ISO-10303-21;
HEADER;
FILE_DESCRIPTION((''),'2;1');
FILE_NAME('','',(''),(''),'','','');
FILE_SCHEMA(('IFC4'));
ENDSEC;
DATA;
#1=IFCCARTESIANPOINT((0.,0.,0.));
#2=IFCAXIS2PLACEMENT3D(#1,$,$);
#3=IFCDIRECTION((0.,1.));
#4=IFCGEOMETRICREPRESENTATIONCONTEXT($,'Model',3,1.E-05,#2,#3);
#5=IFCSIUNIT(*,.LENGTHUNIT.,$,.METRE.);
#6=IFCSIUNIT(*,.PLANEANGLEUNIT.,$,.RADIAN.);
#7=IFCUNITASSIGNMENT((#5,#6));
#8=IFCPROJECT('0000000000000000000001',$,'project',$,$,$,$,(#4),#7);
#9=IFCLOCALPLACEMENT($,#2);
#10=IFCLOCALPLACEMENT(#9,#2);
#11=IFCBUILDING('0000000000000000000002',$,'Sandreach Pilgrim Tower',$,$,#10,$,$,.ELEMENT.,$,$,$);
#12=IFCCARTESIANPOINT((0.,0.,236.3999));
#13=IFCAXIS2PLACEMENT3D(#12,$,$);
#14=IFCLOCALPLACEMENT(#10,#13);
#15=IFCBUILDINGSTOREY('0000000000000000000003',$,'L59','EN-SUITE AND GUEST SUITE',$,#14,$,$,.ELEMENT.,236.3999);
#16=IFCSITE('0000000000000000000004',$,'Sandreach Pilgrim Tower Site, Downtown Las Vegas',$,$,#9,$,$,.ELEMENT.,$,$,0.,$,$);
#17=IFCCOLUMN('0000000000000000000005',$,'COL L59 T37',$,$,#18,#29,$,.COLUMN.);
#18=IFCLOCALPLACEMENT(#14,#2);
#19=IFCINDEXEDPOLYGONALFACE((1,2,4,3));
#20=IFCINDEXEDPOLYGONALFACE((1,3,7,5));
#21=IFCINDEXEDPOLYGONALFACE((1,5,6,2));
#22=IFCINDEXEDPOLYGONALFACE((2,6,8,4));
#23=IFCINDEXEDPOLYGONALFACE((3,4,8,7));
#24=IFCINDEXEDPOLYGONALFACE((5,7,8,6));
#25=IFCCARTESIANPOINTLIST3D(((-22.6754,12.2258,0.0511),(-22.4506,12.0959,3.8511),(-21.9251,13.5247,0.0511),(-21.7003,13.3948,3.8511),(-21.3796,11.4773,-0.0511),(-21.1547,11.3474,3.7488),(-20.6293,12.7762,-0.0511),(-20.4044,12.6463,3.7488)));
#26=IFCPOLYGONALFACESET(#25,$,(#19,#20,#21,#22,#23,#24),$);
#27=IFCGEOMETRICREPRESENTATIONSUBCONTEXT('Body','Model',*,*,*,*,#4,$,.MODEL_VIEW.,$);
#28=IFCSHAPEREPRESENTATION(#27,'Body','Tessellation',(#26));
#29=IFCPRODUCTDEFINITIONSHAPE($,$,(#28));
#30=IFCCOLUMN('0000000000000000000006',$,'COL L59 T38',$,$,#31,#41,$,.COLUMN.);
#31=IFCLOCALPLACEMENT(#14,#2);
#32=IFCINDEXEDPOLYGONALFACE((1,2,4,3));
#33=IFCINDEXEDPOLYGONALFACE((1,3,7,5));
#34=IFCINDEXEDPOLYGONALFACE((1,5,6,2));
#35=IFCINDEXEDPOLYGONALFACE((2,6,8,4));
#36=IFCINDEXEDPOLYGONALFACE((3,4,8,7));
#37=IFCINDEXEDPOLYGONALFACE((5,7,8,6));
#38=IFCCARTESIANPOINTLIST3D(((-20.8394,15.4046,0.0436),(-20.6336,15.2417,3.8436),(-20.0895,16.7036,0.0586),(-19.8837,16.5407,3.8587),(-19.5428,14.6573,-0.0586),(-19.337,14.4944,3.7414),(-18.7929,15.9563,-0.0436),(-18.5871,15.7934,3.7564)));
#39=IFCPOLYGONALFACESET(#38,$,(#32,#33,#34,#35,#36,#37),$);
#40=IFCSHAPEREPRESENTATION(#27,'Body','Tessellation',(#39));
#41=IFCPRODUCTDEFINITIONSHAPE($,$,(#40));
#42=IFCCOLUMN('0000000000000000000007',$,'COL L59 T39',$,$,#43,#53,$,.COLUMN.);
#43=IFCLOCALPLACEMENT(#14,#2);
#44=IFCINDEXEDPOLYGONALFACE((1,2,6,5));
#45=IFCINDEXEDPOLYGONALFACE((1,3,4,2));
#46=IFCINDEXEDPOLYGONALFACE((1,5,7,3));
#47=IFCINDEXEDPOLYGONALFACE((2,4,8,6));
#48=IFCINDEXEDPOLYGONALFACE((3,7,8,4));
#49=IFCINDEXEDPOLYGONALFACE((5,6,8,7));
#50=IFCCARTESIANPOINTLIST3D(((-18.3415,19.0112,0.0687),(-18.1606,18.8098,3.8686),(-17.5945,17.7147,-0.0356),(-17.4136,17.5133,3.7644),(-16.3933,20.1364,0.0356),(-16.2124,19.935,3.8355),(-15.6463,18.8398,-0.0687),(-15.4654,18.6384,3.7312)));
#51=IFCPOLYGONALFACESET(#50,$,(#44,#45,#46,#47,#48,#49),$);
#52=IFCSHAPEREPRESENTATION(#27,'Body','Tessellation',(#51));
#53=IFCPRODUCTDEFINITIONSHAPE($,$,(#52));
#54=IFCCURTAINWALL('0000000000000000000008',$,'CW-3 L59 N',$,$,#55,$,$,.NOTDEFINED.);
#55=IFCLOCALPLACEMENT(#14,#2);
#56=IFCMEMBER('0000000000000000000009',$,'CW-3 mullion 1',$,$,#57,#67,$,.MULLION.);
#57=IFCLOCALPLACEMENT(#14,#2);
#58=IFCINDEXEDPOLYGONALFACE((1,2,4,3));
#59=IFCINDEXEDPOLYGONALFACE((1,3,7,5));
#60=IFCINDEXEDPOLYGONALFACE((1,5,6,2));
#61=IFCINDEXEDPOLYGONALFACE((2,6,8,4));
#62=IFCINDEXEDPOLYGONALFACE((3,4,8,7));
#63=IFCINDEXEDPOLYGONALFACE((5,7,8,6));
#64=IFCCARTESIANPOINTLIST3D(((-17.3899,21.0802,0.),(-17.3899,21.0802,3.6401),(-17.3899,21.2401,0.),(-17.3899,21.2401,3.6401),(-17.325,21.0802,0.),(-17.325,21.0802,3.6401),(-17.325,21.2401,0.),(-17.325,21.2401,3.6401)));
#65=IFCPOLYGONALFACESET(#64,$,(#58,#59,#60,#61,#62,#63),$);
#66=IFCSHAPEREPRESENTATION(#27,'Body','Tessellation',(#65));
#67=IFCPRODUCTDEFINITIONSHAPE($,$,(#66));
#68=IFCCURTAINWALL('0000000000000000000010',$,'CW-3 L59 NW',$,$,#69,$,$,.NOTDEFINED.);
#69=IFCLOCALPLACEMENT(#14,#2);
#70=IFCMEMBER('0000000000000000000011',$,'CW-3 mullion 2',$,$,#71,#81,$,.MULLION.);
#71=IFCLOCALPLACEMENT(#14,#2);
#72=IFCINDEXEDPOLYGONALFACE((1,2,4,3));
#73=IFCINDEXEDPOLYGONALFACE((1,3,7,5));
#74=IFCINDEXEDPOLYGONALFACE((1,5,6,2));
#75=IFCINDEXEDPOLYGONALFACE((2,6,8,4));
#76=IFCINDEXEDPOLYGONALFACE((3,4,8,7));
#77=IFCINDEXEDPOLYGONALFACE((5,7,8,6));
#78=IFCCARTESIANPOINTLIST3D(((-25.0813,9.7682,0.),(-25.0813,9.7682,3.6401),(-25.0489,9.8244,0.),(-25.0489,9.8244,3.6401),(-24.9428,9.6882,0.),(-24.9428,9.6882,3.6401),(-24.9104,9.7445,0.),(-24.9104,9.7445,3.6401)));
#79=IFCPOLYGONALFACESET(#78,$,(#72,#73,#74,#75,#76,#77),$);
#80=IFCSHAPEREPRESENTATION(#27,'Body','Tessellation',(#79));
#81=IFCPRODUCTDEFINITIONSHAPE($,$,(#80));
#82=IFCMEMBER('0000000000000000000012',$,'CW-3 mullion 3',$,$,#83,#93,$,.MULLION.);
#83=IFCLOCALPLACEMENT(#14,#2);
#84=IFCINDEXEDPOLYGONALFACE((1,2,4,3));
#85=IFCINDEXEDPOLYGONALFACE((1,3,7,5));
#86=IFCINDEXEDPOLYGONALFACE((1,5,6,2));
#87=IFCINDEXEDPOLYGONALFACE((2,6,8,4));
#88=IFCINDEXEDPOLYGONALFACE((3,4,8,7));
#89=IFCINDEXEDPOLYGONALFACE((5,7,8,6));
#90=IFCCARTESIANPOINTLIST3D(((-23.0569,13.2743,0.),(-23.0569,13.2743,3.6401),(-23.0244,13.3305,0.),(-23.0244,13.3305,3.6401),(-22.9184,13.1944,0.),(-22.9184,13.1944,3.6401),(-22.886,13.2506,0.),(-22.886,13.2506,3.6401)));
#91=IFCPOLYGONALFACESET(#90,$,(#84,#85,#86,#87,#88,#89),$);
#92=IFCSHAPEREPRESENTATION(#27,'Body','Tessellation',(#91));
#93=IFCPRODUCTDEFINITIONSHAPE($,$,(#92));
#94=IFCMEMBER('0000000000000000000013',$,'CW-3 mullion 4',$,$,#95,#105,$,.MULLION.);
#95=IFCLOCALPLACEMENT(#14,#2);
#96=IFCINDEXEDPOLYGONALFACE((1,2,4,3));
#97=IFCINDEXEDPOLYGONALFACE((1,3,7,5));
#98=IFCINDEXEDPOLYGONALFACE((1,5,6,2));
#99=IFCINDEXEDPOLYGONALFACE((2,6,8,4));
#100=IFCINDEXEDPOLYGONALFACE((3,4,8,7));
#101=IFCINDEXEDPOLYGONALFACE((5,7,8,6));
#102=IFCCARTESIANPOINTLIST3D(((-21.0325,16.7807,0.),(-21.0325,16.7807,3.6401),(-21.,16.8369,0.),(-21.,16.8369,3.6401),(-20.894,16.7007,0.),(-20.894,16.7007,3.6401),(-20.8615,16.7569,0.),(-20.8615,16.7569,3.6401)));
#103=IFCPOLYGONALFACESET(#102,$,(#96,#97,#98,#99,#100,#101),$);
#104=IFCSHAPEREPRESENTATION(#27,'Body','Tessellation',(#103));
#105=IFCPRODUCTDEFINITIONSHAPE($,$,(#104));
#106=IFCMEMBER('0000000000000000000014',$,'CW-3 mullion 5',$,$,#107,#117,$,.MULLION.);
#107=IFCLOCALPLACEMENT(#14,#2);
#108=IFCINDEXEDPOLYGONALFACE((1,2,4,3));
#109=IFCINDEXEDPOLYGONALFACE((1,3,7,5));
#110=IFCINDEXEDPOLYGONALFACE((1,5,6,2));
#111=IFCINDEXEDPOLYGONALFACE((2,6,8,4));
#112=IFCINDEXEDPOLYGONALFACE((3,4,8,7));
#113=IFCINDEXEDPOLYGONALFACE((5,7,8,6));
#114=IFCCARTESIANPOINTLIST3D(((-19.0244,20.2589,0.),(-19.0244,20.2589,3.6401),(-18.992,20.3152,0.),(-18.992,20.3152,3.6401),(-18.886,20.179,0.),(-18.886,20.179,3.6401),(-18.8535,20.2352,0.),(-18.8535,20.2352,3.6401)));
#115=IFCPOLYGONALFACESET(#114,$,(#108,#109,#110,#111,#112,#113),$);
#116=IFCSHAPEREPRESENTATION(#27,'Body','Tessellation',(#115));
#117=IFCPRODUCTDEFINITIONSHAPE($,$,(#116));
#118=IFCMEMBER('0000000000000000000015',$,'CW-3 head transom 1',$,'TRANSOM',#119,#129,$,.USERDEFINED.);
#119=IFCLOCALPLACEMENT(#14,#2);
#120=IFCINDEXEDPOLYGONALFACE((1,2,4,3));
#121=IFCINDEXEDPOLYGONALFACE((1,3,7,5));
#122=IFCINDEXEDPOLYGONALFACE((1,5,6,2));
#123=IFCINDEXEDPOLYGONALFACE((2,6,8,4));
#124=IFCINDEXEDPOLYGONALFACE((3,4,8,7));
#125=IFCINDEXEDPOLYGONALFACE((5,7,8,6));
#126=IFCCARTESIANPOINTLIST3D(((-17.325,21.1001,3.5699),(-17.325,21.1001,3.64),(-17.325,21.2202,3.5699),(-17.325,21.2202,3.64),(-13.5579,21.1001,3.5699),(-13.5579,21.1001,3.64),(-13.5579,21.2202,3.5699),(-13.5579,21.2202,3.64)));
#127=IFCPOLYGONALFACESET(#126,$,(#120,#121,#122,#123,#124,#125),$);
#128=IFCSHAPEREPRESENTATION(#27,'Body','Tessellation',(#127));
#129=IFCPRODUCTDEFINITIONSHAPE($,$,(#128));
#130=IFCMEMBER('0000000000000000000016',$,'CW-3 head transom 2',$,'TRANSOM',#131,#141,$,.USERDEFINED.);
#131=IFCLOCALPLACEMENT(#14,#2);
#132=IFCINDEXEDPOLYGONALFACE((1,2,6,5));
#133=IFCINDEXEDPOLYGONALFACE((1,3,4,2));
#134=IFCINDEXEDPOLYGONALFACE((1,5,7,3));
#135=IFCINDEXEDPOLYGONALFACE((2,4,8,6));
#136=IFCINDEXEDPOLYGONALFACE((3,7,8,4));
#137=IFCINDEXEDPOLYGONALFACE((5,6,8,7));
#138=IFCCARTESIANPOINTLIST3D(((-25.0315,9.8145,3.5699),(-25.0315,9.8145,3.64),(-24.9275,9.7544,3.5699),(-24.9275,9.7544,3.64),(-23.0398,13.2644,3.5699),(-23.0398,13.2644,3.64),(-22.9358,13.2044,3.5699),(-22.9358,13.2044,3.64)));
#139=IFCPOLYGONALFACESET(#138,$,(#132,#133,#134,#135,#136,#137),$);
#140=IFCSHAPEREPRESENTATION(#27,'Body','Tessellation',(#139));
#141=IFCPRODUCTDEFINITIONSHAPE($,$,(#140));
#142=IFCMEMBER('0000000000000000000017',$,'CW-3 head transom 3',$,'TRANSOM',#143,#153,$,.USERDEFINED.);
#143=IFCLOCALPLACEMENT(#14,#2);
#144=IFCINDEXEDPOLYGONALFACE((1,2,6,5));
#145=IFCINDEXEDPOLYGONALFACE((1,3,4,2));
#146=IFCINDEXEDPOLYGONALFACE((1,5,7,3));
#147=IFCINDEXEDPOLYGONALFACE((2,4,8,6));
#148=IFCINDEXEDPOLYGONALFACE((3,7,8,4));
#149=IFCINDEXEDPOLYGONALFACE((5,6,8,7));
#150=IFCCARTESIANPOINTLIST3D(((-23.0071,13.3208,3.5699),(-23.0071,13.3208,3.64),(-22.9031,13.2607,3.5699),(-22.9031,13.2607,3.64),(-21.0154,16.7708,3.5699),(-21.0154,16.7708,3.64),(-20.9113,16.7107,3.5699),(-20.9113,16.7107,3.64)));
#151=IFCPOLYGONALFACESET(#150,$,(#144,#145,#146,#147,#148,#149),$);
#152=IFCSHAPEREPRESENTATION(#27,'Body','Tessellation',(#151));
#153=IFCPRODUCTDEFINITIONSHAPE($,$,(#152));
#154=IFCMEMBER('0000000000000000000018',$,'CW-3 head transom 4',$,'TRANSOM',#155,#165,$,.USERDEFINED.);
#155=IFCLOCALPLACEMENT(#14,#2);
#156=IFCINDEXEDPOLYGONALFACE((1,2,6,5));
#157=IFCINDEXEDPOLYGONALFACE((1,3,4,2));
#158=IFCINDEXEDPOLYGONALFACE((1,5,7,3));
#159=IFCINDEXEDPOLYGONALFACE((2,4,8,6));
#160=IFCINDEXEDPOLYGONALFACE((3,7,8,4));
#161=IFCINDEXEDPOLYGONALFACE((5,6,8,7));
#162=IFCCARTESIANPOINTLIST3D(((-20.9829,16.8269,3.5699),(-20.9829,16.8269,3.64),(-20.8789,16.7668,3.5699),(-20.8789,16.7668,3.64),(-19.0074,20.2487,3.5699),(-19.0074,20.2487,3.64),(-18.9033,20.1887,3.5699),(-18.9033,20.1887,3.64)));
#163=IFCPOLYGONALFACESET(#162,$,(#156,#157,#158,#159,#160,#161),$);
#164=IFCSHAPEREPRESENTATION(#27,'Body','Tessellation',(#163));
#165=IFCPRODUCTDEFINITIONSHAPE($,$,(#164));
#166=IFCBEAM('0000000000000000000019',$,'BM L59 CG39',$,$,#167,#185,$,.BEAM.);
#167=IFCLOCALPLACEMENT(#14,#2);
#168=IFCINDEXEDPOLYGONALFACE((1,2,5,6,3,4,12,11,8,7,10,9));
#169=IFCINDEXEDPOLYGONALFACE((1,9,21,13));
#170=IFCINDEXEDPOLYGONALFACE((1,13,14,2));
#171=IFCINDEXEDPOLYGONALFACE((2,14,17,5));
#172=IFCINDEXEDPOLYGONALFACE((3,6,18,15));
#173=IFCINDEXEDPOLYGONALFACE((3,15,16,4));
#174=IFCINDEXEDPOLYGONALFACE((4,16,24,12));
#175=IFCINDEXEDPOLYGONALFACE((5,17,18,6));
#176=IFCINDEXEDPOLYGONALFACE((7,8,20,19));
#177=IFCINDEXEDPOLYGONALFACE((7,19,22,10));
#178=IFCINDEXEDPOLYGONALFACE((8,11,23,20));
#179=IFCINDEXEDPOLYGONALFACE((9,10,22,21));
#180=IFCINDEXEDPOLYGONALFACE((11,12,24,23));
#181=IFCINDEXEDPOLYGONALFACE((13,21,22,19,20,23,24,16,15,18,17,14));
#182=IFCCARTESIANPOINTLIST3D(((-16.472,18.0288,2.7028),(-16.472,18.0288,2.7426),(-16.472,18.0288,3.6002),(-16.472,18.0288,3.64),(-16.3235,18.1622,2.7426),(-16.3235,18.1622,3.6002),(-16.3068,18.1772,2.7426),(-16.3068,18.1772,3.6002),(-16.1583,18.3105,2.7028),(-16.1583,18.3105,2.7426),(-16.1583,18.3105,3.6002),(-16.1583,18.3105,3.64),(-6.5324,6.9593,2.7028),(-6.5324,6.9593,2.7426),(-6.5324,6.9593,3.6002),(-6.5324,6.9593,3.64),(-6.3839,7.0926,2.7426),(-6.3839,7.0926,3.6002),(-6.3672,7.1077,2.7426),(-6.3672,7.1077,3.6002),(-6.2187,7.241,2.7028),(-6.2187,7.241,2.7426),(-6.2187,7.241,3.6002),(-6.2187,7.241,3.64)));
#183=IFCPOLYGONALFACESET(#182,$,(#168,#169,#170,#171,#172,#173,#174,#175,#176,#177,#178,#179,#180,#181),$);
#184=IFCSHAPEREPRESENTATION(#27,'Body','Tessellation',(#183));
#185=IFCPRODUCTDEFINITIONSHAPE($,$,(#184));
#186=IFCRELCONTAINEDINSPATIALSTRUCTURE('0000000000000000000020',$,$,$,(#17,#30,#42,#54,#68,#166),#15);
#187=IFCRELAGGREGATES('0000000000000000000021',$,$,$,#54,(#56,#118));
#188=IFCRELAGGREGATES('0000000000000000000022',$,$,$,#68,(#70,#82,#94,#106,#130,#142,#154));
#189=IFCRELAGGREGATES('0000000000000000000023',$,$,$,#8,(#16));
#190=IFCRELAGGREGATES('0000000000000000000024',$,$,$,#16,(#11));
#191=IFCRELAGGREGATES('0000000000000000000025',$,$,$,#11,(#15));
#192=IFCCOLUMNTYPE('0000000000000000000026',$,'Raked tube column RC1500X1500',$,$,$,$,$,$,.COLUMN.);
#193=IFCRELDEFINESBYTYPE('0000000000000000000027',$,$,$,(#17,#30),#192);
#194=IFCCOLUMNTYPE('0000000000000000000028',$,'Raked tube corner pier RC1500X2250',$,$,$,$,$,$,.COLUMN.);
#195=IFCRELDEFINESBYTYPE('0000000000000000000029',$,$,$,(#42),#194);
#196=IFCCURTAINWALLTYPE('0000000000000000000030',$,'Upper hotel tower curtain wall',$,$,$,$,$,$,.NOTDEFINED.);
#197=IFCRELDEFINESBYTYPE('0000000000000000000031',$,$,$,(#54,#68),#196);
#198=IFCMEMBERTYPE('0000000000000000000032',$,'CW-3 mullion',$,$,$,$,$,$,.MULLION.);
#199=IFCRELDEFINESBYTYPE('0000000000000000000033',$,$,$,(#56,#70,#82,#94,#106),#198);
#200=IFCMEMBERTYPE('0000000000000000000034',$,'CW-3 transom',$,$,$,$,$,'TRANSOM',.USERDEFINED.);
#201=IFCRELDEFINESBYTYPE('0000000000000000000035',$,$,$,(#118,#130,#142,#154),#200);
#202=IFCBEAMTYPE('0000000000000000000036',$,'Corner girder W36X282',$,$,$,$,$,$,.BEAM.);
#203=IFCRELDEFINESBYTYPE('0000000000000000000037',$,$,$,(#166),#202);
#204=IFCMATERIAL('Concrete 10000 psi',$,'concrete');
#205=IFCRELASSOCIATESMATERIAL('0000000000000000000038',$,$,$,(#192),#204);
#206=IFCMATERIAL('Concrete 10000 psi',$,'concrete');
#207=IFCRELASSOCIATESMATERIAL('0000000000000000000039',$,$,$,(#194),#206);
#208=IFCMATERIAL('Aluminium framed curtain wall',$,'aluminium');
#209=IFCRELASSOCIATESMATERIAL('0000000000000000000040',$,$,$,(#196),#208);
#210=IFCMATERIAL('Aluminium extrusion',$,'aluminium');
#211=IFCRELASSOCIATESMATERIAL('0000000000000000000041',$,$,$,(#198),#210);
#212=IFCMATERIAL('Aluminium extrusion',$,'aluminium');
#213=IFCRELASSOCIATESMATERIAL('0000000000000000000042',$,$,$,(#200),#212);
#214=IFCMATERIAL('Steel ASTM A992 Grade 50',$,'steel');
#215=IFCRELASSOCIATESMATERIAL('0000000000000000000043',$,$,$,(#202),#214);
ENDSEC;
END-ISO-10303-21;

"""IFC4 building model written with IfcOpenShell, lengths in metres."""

from ifc_helpers import new_model, si_unit, direction, frame, origin, origin_2d, place, context, subcontext, project, spatial, rectangle, i_section, extrude, material, material_profile, profile_set, type_object, element, aggregate, save


model = new_model("IFC4")

# Units and contexts
model_context = context("Model", 3, precision=1e-05, world=origin(), true_north=direction((0.0, 1.0)))
body_context = subcontext(model_context, "Body", "Model", "MODEL_VIEW")
ifc_project = project(units=[si_unit("LENGTHUNIT", "METRE"), si_unit("PLANEANGLEUNIT", "RADIAN")], contexts=[model_context])

# Site, building, storey
site_placement = place(None, origin())
site = spatial("IfcSite", under=ifc_project, at=site_placement, Name="Sandreach Pilgrim Tower Site, Downtown Las Vegas", CompositionType="ELEMENT", RefElevation=0.0)
building_placement = place(site_placement, origin())
building = spatial("IfcBuilding", under=site, at=building_placement, Name="Sandreach Pilgrim Tower", CompositionType="ELEMENT")
storey_placement = place(building_placement, frame((0.0, 0.0, 236.3999)))
storey = spatial("IfcBuildingStorey", under=building, at=storey_placement, Name="L59", Description="EN-SUITE AND GUEST SUITE", CompositionType="ELEMENT", Elevation=236.3999)

# Columns
ifc_material_1 = material(Name="Concrete 10000 psi", Category="concrete")
ifc_material_profile_1 = material_profile(ifc_material_1, rectangle(XDim=1.5, YDim=1.5, at=origin_2d()), Name="RC1500X1500")
ifc_profile_set_1 = profile_set([ifc_material_profile_1], Name="Concrete 10000 psi")
column_type_1 = type_object("IfcColumnType", Name="Raked tube column RC1500X1500", PredefinedType="COLUMN", material=ifc_profile_set_1)
column_1_placement = place(storey_placement, frame((-21.6523, 12.501, 0.0), z_axis=(0.059034, -0.0341, 0.997673), x_axis=(-0.863905, 0.49902, 0.068174)))
element("IfcColumn", 1, at=column_1_placement, inside=storey, type_object=column_type_1, Name="COL L59 T37", PredefinedType="COLUMN", context=body_context, shape_type="SweptSolid", body=[
    extrude(rectangle(XDim=1.5, YDim=1.5, at=origin_2d()), origin(), (0.0, 0.0, 1.0), 3.8088),
])
column_2_placement = place(storey_placement, frame((-19.8162, 15.6804, 0.0), z_axis=(0.054031, -0.042751, 0.997624), x_axis=(-0.864378, 0.498202, 0.068164)))
element("IfcColumn", 2, at=column_2_placement, inside=storey, type_object=column_type_1, Name="COL L59 T38", PredefinedType="COLUMN", context=body_context, shape_type="SweptSolid", body=[
    extrude(rectangle(XDim=1.5, YDim=1.5, at=origin_2d()), origin(), (0.0, 0.0, 1.0), 3.8091),
])
ifc_material_2 = material(Name="Concrete 10000 psi", Category="concrete")
ifc_material_profile_2 = material_profile(ifc_material_2, rectangle(XDim=1.5, YDim=2.25, at=origin_2d()), Name="RC1500X2250")
ifc_profile_set_2 = profile_set([ifc_material_profile_2], Name="Concrete 10000 psi")
column_type_2 = type_object("IfcColumnType", Name="Raked tube corner pier RC1500X2250", PredefinedType="COLUMN", material=ifc_profile_set_2)
column_3_placement = place(storey_placement, frame((-16.9939, 18.9255, 0.0), z_axis=(0.047486, -0.05287, 0.997472), x_axis=(-0.49802, 0.864374, 0.069524)))
element("IfcColumn", 3, at=column_3_placement, inside=storey, type_object=column_type_2, Name="COL L59 T39", PredefinedType="COLUMN", context=body_context, shape_type="SweptSolid", body=[
    extrude(rectangle(XDim=1.5, YDim=2.25, at=origin_2d()), origin(), (0.0, 0.0, 1.0), 3.8096),
])

# Curtain wall, member
ifc_material_3 = material(Name="Aluminium framed curtain wall", Category="aluminium")
curtain_wall_type = type_object("IfcCurtainWallType", Name="Upper hotel tower curtain wall", PredefinedType="NOTDEFINED", material=ifc_material_3)
curtain_wall_1_placement = place(storey_placement, origin())
curtain_wall_1 = element("IfcCurtainWall", 4, at=curtain_wall_1_placement, inside=storey, type_object=curtain_wall_type, Name="CW-3 L59 N", PredefinedType="NOTDEFINED")
ifc_material_4 = material(Name="Aluminium extrusion", Category="aluminium")
ifc_material_profile_3 = material_profile(ifc_material_4, rectangle(XDim=0.0649, YDim=0.1599, at=origin_2d()), Name="CW-3M 65X160")
ifc_profile_set_3 = profile_set([ifc_material_profile_3], Name="Aluminium extrusion")
member_type_1 = type_object("IfcMemberType", Name="CW-3 mullion", PredefinedType="MULLION", material=ifc_profile_set_3)
member_1_placement = place(storey_placement, frame((-17.3574, 21.1602, 0.0), z_axis=(0.0, 0.0, 1.0), x_axis=(1.0, 0.0, 0.0)))
member_1 = element("IfcMember", 5, at=member_1_placement, type_object=member_type_1, Name="CW-3 mullion 1", PredefinedType="MULLION", context=body_context, shape_type="SweptSolid", body=[
    extrude(rectangle(XDim=0.0649, YDim=0.1599, at=origin_2d()), origin(), (0.0, 0.0, 1.0), 3.6401),
])

# Curtain wall, members
curtain_wall_2_placement = place(storey_placement, origin())
curtain_wall_2 = element("IfcCurtainWall", 6, at=curtain_wall_2_placement, inside=storey, type_object=curtain_wall_type, Name="CW-3 L59 NW", PredefinedType="NOTDEFINED")
member_2_placement = place(storey_placement, frame((-24.9958, 9.7563, 0.0), z_axis=(0.0, 0.0, 1.0), x_axis=(0.5, 0.866025, 0.0)))
member_2 = element("IfcMember", 7, at=member_2_placement, type_object=member_type_1, Name="CW-3 mullion 2", PredefinedType="MULLION", context=body_context, shape_type="SweptSolid", body=[
    extrude(rectangle(XDim=0.0649, YDim=0.1599, at=origin_2d()), origin(), (0.0, 0.0, 1.0), 3.6401),
])
member_3_placement = place(storey_placement, frame((-22.9714, 13.2625, 0.0), z_axis=(0.0, 0.0, 1.0), x_axis=(0.5, 0.866025, 0.0)))
member_3 = element("IfcMember", 8, at=member_3_placement, type_object=member_type_1, Name="CW-3 mullion 3", PredefinedType="MULLION", context=body_context, shape_type="SweptSolid", body=[
    extrude(rectangle(XDim=0.0649, YDim=0.1599, at=origin_2d()), origin(), (0.0, 0.0, 1.0), 3.6401),
])
member_4_placement = place(storey_placement, frame((-20.947, 16.7688, 0.0), z_axis=(0.0, 0.0, 1.0), x_axis=(0.5, 0.866025, 0.0)))
member_4 = element("IfcMember", 9, at=member_4_placement, type_object=member_type_1, Name="CW-3 mullion 4", PredefinedType="MULLION", context=body_context, shape_type="SweptSolid", body=[
    extrude(rectangle(XDim=0.0649, YDim=0.1599, at=origin_2d()), origin(), (0.0, 0.0, 1.0), 3.6401),
])
member_5_placement = place(storey_placement, frame((-18.939, 20.2471, 0.0), z_axis=(0.0, 0.0, 1.0), x_axis=(0.5, 0.866025, 0.0)))
member_5 = element("IfcMember", 10, at=member_5_placement, type_object=member_type_1, Name="CW-3 mullion 5", PredefinedType="MULLION", context=body_context, shape_type="SweptSolid", body=[
    extrude(rectangle(XDim=0.0649, YDim=0.1599, at=origin_2d()), origin(), (0.0, 0.0, 1.0), 3.6401),
])

# Members
ifc_material_5 = material(Name="Aluminium extrusion", Category="aluminium")
ifc_material_profile_4 = material_profile(ifc_material_5, rectangle(XDim=0.1201, YDim=0.0701, at=origin_2d()), Name="CW-3T 120X70")
ifc_profile_set_4 = profile_set([ifc_material_profile_4], Name="Aluminium extrusion")
member_type_2 = type_object("IfcMemberType", Name="CW-3 transom", ElementType="TRANSOM", PredefinedType="USERDEFINED", material=ifc_profile_set_4)
member_6_placement = place(storey_placement, frame((-17.325, 21.1602, 3.605), z_axis=(1.0, 0.0, 0.0), x_axis=(0.0, 1.0, 0.0)))
member_6 = element("IfcMember", 11, at=member_6_placement, type_object=member_type_2, Name="CW-3 head transom 1", ObjectType="TRANSOM", PredefinedType="USERDEFINED", context=body_context, shape_type="SweptSolid", body=[
    extrude(rectangle(XDim=0.1201, YDim=0.0701, at=origin_2d()), origin(), (0.0, 0.0, 1.0), 3.7671),
])
member_7_placement = place(storey_placement, frame((-24.9795, 9.7844, 3.605), z_axis=(0.499975, 0.86604, 0.0), x_axis=(-0.86604, 0.499975, 0.0)))
member_7 = element("IfcMember", 12, at=member_7_placement, type_object=member_type_2, Name="CW-3 head transom 2", ObjectType="TRANSOM", PredefinedType="USERDEFINED", context=body_context, shape_type="SweptSolid", body=[
    extrude(rectangle(XDim=0.1201, YDim=0.0701, at=origin_2d()), origin(), (0.0, 0.0, 1.0), 3.9836),
])
member_8_placement = place(storey_placement, frame((-22.9551, 13.2908, 3.605), z_axis=(0.499975, 0.86604, 0.0), x_axis=(-0.86604, 0.499975, 0.0)))
member_8 = element("IfcMember", 13, at=member_8_placement, type_object=member_type_2, Name="CW-3 head transom 3", ObjectType="TRANSOM", PredefinedType="USERDEFINED", context=body_context, shape_type="SweptSolid", body=[
    extrude(rectangle(XDim=0.1201, YDim=0.0701, at=origin_2d()), origin(), (0.0, 0.0, 1.0), 3.9836),
])
member_9_placement = place(storey_placement, frame((-20.9309, 16.7969, 3.605), z_axis=(0.499993, 0.866029, 0.0), x_axis=(-0.866029, 0.499993, 0.0)))
member_9 = element("IfcMember", 14, at=member_9_placement, type_object=member_type_2, Name="CW-3 head transom 4", ObjectType="TRANSOM", PredefinedType="USERDEFINED", context=body_context, shape_type="SweptSolid", body=[
    extrude(rectangle(XDim=0.1201, YDim=0.0701, at=origin_2d()), origin(), (0.0, 0.0, 1.0), 3.9512),
])

# Beam
ifc_material_6 = material(Name="Steel ASTM A992 Grade 50", Category="steel")
ifc_material_profile_5 = material_profile(ifc_material_6, i_section(OverallWidth=0.4216, OverallDepth=0.9373, WebThickness=0.0225, FlangeThickness=0.0398, at=origin_2d()), Name="W36X282")
ifc_profile_set_5 = profile_set([ifc_material_profile_5], Name="Steel ASTM A992 Grade 50")
beam_type_1 = type_object("IfcBeamType", Name="Corner girder W36X282", PredefinedType="BEAM", material=ifc_profile_set_5)
beam_1_placement = place(storey_placement, frame((-16.3152, 18.1697, 3.1714), z_axis=(0.668113, -0.74406, 0.0), x_axis=(0.74406, 0.668113, 0.0)))
element("IfcBeam", 15, at=beam_1_placement, inside=storey, type_object=beam_type_1, Name="BM L59 CG39", PredefinedType="BEAM", context=body_context, shape_type="SweptSolid", body=[
    extrude(i_section(OverallWidth=0.4216, OverallDepth=0.9373, WebThickness=0.0225, FlangeThickness=0.0398, at=origin_2d()), origin(), (0.0, 0.0, 1.0), 14.8772),
])

aggregate(curtain_wall_1, [member_1, member_6])
aggregate(curtain_wall_2, [member_2, member_3, member_4, member_5, member_7, member_8, member_9])

save(model, "model.ifc")
